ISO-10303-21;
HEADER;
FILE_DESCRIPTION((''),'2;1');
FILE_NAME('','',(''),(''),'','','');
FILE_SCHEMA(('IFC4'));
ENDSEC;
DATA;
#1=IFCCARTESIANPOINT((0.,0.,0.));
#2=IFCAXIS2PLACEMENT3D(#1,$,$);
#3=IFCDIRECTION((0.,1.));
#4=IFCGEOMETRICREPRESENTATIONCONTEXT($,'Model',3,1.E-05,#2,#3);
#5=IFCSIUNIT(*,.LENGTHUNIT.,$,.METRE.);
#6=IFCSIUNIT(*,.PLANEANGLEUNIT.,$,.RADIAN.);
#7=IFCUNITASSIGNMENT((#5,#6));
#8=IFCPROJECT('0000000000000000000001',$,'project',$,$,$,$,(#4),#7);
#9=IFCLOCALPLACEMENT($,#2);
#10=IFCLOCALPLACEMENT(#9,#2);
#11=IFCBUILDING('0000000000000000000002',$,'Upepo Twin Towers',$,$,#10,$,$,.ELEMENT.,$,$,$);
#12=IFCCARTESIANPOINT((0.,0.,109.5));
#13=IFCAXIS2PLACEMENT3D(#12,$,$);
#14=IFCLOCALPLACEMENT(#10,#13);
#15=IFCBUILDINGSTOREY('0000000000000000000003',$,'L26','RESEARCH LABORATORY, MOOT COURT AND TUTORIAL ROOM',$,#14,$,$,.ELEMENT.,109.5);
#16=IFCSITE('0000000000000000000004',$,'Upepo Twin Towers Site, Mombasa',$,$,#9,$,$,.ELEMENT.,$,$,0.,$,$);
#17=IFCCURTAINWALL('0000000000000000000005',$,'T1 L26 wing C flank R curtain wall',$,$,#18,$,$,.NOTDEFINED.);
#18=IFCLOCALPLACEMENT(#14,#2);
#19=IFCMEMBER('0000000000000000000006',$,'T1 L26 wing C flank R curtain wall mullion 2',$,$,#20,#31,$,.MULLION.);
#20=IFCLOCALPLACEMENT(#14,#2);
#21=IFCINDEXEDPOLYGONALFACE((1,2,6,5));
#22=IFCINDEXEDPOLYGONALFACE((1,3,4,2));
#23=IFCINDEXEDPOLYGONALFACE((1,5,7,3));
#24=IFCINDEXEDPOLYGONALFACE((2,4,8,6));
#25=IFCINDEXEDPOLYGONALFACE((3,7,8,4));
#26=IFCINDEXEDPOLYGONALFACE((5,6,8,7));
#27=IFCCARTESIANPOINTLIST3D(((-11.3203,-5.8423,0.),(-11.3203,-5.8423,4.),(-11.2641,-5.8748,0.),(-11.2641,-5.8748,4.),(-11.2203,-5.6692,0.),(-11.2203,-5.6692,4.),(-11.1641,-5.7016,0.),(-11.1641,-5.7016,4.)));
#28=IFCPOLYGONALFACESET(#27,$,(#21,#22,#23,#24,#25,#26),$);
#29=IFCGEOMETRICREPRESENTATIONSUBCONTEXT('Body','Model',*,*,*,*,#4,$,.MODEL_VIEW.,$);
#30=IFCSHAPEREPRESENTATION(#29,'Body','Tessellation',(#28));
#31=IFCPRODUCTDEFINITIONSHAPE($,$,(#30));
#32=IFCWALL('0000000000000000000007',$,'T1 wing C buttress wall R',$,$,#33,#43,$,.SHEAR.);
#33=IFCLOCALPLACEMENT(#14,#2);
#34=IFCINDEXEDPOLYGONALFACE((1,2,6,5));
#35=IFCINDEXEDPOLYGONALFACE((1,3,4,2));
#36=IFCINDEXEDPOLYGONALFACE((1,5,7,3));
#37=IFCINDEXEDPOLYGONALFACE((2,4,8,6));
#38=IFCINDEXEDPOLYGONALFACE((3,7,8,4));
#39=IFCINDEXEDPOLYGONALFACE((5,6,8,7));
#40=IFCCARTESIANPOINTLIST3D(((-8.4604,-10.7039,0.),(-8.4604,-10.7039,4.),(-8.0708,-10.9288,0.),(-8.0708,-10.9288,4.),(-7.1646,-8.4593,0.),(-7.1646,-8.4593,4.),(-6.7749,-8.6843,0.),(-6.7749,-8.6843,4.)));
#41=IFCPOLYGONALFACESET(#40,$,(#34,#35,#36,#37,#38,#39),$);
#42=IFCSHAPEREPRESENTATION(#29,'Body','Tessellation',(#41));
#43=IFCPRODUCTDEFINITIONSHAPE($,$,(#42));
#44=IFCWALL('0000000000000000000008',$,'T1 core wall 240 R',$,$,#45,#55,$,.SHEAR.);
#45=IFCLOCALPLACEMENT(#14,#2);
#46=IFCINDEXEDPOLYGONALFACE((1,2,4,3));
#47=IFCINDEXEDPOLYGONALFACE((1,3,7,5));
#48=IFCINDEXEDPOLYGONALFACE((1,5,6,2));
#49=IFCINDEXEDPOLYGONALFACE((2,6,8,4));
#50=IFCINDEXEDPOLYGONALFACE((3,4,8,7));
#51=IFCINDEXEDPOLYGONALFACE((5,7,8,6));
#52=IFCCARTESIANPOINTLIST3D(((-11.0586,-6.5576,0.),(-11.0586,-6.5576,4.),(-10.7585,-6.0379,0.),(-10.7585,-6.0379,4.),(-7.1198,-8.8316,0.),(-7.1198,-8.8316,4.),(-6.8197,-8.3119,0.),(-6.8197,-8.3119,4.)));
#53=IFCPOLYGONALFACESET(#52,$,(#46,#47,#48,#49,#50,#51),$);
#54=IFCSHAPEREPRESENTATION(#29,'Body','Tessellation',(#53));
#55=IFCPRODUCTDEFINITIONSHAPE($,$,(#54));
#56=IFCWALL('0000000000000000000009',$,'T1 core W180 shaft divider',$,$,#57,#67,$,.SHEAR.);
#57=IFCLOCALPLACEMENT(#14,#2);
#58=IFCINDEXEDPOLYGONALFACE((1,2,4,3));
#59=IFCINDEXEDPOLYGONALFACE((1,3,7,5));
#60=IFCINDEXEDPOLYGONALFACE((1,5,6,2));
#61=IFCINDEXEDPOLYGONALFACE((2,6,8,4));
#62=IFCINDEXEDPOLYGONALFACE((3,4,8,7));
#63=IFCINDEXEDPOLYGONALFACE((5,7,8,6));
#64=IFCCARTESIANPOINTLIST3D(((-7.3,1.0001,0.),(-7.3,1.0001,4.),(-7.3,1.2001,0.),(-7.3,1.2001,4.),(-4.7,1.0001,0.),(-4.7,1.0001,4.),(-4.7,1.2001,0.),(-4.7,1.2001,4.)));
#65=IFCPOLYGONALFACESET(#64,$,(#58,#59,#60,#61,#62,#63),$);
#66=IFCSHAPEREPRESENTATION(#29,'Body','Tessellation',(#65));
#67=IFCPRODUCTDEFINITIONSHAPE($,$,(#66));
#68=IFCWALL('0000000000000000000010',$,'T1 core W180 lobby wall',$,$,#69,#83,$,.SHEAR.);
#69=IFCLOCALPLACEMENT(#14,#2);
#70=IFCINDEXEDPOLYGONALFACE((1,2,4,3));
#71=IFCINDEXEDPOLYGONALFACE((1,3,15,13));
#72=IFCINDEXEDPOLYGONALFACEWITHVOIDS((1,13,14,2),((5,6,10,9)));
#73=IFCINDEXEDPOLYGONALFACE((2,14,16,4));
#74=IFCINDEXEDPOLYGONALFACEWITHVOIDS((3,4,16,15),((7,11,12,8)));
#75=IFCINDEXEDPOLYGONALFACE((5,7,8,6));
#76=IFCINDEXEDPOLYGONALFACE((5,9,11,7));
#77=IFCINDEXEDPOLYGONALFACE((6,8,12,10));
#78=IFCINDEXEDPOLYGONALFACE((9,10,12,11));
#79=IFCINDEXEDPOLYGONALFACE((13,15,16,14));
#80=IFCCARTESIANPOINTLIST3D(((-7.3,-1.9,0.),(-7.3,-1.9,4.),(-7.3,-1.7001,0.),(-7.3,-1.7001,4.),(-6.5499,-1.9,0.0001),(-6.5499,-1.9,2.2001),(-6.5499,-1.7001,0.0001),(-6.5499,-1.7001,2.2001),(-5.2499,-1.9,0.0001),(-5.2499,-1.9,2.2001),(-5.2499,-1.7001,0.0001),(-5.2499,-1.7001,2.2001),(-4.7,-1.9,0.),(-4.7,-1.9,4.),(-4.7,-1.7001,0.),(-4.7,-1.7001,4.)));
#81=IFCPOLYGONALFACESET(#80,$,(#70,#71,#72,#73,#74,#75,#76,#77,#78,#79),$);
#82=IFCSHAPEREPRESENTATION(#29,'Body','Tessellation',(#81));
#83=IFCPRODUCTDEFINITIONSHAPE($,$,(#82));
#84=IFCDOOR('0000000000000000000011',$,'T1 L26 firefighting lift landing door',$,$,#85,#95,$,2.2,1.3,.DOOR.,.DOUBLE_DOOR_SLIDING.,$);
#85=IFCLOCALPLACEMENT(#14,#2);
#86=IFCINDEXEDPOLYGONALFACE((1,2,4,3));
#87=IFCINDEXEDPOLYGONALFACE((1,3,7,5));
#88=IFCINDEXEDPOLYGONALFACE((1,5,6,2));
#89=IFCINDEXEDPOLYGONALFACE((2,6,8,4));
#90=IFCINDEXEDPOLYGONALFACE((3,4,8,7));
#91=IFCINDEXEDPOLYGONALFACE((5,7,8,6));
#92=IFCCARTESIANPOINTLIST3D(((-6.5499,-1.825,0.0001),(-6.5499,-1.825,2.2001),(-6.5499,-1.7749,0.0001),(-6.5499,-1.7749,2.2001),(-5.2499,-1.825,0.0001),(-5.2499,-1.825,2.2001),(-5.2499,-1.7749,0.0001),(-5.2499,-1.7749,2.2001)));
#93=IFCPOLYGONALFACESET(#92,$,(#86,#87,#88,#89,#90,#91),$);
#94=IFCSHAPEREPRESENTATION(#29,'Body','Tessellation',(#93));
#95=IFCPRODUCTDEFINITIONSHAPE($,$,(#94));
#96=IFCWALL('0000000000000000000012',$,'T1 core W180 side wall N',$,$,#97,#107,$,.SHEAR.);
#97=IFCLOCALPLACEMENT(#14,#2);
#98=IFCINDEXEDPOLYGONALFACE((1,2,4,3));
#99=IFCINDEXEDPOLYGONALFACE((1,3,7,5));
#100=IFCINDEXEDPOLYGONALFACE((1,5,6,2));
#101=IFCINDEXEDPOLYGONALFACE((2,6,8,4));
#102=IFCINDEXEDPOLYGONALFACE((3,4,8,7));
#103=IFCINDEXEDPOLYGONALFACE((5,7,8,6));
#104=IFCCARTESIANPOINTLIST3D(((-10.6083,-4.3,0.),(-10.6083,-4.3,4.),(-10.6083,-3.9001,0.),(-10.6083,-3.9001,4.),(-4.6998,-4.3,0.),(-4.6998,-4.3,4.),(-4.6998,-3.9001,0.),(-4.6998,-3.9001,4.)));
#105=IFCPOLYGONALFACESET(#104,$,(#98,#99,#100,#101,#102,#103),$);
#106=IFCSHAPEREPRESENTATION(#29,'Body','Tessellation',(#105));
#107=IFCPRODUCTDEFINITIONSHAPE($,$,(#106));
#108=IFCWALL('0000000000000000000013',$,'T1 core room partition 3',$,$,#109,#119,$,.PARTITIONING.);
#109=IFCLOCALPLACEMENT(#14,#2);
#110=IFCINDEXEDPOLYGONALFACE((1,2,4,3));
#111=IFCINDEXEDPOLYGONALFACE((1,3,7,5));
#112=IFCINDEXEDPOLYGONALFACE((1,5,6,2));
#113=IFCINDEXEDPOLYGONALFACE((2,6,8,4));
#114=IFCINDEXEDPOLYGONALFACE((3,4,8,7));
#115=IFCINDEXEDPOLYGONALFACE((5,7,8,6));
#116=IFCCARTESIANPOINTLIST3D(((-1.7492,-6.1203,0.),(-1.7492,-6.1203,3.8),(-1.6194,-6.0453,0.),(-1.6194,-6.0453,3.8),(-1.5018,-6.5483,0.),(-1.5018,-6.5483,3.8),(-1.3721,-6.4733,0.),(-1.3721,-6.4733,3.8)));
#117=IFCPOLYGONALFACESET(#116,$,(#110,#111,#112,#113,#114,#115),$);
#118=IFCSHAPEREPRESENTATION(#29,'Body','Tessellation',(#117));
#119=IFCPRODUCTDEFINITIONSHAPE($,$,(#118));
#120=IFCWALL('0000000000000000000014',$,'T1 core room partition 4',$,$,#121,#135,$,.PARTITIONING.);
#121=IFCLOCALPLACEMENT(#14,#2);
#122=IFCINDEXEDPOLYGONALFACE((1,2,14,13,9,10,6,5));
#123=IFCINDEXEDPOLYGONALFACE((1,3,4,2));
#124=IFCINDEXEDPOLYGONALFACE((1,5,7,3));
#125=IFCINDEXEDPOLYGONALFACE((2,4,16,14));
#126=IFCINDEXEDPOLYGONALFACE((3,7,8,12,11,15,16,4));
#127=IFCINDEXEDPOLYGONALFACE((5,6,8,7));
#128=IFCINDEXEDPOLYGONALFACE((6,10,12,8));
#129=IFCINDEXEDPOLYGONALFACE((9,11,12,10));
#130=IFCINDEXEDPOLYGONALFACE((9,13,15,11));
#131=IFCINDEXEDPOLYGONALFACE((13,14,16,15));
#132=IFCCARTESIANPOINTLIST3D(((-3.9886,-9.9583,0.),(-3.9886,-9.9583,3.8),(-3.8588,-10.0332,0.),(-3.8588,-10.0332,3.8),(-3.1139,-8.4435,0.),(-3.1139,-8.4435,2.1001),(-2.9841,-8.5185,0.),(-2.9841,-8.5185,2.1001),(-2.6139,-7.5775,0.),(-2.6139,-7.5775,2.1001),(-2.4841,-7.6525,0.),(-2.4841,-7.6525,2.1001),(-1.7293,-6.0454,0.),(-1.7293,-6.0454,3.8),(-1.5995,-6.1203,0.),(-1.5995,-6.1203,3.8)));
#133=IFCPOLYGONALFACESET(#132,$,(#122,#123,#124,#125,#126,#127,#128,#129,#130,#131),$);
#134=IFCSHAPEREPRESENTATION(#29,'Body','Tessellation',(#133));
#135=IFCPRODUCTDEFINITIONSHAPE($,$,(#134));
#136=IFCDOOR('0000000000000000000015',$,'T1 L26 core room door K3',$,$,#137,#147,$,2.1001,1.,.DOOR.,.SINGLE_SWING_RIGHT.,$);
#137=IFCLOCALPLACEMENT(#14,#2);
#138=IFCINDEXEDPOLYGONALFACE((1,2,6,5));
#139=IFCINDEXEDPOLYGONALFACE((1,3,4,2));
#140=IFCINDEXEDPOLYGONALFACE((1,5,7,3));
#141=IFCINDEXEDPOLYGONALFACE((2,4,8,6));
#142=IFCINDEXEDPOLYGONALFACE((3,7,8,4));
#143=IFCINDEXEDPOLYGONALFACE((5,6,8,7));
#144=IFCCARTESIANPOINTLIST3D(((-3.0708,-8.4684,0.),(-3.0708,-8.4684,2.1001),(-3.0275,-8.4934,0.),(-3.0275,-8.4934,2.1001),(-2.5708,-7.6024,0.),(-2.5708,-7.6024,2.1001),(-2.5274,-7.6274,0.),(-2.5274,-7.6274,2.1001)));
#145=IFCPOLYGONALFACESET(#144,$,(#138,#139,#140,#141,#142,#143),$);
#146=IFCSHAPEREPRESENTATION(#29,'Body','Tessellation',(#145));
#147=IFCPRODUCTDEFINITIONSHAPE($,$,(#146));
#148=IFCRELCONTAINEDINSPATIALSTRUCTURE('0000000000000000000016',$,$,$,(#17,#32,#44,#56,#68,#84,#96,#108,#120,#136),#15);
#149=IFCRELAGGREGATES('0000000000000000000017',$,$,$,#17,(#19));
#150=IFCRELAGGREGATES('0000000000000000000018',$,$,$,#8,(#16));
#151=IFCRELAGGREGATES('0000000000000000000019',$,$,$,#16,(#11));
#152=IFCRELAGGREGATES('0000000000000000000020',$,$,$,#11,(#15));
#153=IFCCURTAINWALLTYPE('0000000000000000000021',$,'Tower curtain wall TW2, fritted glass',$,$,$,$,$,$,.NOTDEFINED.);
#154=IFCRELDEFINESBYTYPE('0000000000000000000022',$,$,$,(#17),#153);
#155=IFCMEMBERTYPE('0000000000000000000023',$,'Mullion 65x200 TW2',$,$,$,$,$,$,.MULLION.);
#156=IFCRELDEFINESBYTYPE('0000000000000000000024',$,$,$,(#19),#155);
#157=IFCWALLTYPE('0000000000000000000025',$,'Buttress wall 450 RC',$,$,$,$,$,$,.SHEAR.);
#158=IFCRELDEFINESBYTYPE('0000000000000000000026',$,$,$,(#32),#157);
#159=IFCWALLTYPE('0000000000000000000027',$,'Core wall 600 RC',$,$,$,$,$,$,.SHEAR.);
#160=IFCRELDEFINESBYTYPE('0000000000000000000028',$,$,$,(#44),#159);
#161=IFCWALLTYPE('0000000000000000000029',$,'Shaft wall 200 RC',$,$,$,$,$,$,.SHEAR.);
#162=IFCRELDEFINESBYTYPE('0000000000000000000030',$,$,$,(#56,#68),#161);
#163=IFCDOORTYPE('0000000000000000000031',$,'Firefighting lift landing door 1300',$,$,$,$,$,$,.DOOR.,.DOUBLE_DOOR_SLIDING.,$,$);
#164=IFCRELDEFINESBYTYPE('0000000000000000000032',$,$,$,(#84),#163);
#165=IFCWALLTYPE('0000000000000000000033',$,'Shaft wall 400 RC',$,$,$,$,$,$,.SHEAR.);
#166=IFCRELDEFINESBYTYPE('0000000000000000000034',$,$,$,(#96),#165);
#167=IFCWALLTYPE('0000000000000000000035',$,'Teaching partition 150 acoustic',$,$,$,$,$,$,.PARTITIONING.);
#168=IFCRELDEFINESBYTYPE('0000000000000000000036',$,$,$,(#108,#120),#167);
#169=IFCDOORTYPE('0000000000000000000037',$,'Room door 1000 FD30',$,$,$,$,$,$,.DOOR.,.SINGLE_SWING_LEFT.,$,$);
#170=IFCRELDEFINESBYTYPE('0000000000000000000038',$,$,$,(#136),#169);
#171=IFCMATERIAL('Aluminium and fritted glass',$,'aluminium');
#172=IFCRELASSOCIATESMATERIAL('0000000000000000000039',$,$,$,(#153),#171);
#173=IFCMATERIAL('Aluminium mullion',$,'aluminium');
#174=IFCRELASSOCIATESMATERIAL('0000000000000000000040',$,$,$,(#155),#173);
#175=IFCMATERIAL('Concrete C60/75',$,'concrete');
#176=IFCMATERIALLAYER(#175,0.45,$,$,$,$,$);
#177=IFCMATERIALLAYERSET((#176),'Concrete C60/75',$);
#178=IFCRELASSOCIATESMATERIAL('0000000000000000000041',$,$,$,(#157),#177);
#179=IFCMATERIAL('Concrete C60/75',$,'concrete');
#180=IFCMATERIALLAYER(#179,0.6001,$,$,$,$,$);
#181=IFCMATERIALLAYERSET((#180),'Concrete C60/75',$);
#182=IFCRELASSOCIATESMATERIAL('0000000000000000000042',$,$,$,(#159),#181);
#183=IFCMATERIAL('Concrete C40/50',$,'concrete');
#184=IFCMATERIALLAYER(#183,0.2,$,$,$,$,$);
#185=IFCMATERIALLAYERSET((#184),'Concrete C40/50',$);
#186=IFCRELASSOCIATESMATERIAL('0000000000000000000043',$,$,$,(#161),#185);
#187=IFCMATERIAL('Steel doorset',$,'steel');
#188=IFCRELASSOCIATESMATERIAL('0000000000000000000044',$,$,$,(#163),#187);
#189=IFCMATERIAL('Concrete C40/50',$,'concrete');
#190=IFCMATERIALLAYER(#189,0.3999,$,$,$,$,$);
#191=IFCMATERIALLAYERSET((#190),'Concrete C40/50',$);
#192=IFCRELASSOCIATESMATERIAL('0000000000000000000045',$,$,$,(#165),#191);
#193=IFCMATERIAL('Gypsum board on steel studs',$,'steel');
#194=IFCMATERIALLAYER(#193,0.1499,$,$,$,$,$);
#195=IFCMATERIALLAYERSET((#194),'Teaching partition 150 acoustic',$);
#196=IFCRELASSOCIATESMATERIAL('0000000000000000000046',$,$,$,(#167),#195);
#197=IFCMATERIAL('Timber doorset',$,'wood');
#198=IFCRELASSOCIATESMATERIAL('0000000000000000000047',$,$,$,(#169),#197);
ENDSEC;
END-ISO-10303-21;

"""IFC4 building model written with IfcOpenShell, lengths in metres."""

from ifc_helpers import new_model, si_unit, direction, frame, frame_2d, origin, origin_2d, place, context, subcontext, project, spatial, rectangle, extrude, material, layer, layer_set, material_profile, profile_set, type_object, element, fill, aggregate, save


model = new_model("IFC4")

# Units and contexts
model_context = context("Model", 3, precision=1e-05, world=origin(), true_north=direction((0.0, 1.0)))
body_context = subcontext(model_context, "Body", "Model", "MODEL_VIEW")
ifc_project = project(units=[si_unit("LENGTHUNIT", "METRE"), si_unit("PLANEANGLEUNIT", "RADIAN")], contexts=[model_context])

# Site, building, storey
site_placement = place(None, origin())
site = spatial("IfcSite", under=ifc_project, at=site_placement, Name="Upepo Twin Towers Site, Mombasa", CompositionType="ELEMENT", RefElevation=0.0)
building_placement = place(site_placement, origin())
building = spatial("IfcBuilding", under=site, at=building_placement, Name="Upepo Twin Towers", CompositionType="ELEMENT")
storey_placement = place(building_placement, frame((0.0, 0.0, 109.5)))
storey = spatial("IfcBuildingStorey", under=building, at=storey_placement, Name="L26", Description="RESEARCH LABORATORY, MOOT COURT AND TUTORIAL ROOM", CompositionType="ELEMENT", Elevation=109.5)

# Curtain wall, member
ifc_material_1 = material(Name="Aluminium and fritted glass", Category="aluminium")
curtain_wall_type = type_object("IfcCurtainWallType", Name="Tower curtain wall TW2, fritted glass", PredefinedType="NOTDEFINED", material=ifc_material_1)
curtain_wall_placement = place(storey_placement, origin())
curtain_wall = element("IfcCurtainWall", 1, at=curtain_wall_placement, inside=storey, type_object=curtain_wall_type, Name="T1 L26 wing C flank R curtain wall", PredefinedType="NOTDEFINED")
ifc_material_2 = material(Name="Aluminium mullion", Category="aluminium")
ifc_material_profile = material_profile(ifc_material_2, rectangle(XDim=0.0649, YDim=0.2, at=origin_2d()), Name="MULLION 65x200")
ifc_profile_set = profile_set([ifc_material_profile], Name="Aluminium mullion")
member_type = type_object("IfcMemberType", Name="Mullion 65x200 TW2", PredefinedType="MULLION", material=ifc_profile_set)
member_placement = place(storey_placement, frame((-11.2422, -5.772, 0.0), z_axis=(0.0, 0.0, 1.0), x_axis=(-0.866025, 0.5, 0.0)))
member = element("IfcMember", 2, at=member_placement, type_object=member_type, Name="T1 L26 wing C flank R curtain wall mullion 2", PredefinedType="MULLION", context=body_context, shape_type="SweptSolid", body=[
    extrude(rectangle(XDim=0.0649, YDim=0.2, at=origin_2d()), origin(), (0.0, 0.0, 1.0), 4.0),
])
aggregate(curtain_wall, [member])

# Walls
ifc_material_3 = material(Name="Concrete C60/75", Category="concrete")
ifc_layer_1 = layer(ifc_material_3, 0.45)
ifc_layer_set_1 = layer_set([ifc_layer_1], Name="Concrete C60/75")
wall_type_1 = type_object("IfcWallType", Name="Buttress wall 450 RC", PredefinedType="SHEAR", material=ifc_layer_set_1)
wall_1_placement = place(storey_placement, frame((-6.9697, -8.5718, 0.0), z_axis=(0.0, 0.0, 1.0), x_axis=(-0.499989, -0.866032, 0.0)))
element("IfcWall", 3, at=wall_1_placement, inside=storey, type_object=wall_type_1, Name="T1 wing C buttress wall R", PredefinedType="SHEAR", context=body_context, shape_type="SweptSolid", body=[
    extrude(rectangle(XDim=2.5918, YDim=0.45, at=frame_2d((1.2959, 0.0))), origin(), (0.0, 0.0, 1.0), 4.0),
])
ifc_material_4 = material(Name="Concrete C60/75", Category="concrete")
ifc_layer_2 = layer(ifc_material_4, 0.6001)
ifc_layer_set_2 = layer_set([ifc_layer_2], Name="Concrete C60/75")
wall_type_2 = type_object("IfcWallType", Name="Core wall 600 RC", PredefinedType="SHEAR", material=ifc_layer_set_2)
wall_2_placement = place(storey_placement, frame((-10.9084, -6.2979, 0.0), z_axis=(0.0, 0.0, 1.0), x_axis=(0.866035, -0.499984, 0.0)))
element("IfcWall", 4, at=wall_2_placement, inside=storey, type_object=wall_type_2, Name="T1 core wall 240 R", PredefinedType="SHEAR", context=body_context, shape_type="SweptSolid", body=[
    extrude(rectangle(XDim=4.5481, YDim=0.6001, at=frame_2d((2.2739, 0.0))), origin(), (0.0, 0.0, 1.0), 4.0),
])
ifc_material_5 = material(Name="Concrete C40/50", Category="concrete")
ifc_layer_3 = layer(ifc_material_5, 0.2)
ifc_layer_set_3 = layer_set([ifc_layer_3], Name="Concrete C40/50")
wall_type_3 = type_object("IfcWallType", Name="Shaft wall 200 RC", PredefinedType="SHEAR", material=ifc_layer_set_3)
wall_3_placement = place(storey_placement, frame((-4.7, 1.1001, 0.0), z_axis=(0.0, 0.0, 1.0), x_axis=(-1.0, 0.0, 0.0)))
element("IfcWall", 5, at=wall_3_placement, inside=storey, type_object=wall_type_3, Name="T1 core W180 shaft divider", PredefinedType="SHEAR", context=body_context, shape_type="SweptSolid", body=[
    extrude(rectangle(XDim=2.6001, YDim=0.2, at=frame_2d((1.3, 0.0))), origin(), (0.0, 0.0, 1.0), 4.0),
])

# Wall, opening, door
wall_4_placement = place(storey_placement, frame((-4.7, -1.8, 0.0), z_axis=(0.0, 0.0, 1.0), x_axis=(-1.0, 0.0, 0.0)))
wall_4 = element("IfcWall", 6, at=wall_4_placement, inside=storey, type_object=wall_type_3, Name="T1 core W180 lobby wall", PredefinedType="SHEAR", context=body_context, shape_type="SweptSolid", body=[
    extrude(rectangle(XDim=2.6001, YDim=0.2, at=frame_2d((1.3, 0.0))), origin(), (0.0, 0.0, 1.0), 4.0),
])
opening_1_placement = place(wall_4_placement, frame((0.55, 0.0, 0.0)))
opening_1 = element("IfcOpeningElement", 7, at=opening_1_placement, cuts=wall_4, PredefinedType="OPENING", context=body_context, shape_type="SweptSolid", body=[
    extrude(rectangle(XDim=1.3, YDim=2.2, at=frame_2d((0.6499, 1.1001))), frame((0.0, 0.1099, 0.0), z_axis=(0.0, -1.0, 0.0), x_axis=(1.0, 0.0, 0.0)), (0.0, 0.0, 1.0), 0.22),
])
ifc_material_6 = material(Name="Steel doorset", Category="steel")
door_type_1 = type_object("IfcDoorType", Name="Firefighting lift landing door 1300", OperationType="DOUBLE_DOOR_SLIDING", PredefinedType="DOOR", material=ifc_material_6)
door_1_placement = place(opening_1_placement, origin())
door_1 = element("IfcDoor", 8, at=door_1_placement, inside=storey, type_object=door_type_1, Name="T1 L26 firefighting lift landing door", OperationType="DOUBLE_DOOR_SLIDING", OverallHeight=2.2, OverallWidth=1.3, PredefinedType="DOOR", context=body_context, shape_type="SweptSolid", body=[
    extrude(rectangle(XDim=1.3, YDim=2.2, at=frame_2d((0.6499, 1.1001))), frame((0.0, 0.0249, 0.0), z_axis=(0.0, -1.0, 0.0), x_axis=(1.0, 0.0, 0.0)), (0.0, 0.0, 1.0), 0.05),
])
fill(opening_1, door_1)

# Walls
ifc_material_7 = material(Name="Concrete C40/50", Category="concrete")
ifc_layer_4 = layer(ifc_material_7, 0.3999)
ifc_layer_set_4 = layer_set([ifc_layer_4], Name="Concrete C40/50")
wall_type_4 = type_object("IfcWallType", Name="Shaft wall 400 RC", PredefinedType="SHEAR", material=ifc_layer_set_4)
wall_5_placement = place(storey_placement, frame((-4.7, -4.1001, 0.0), z_axis=(0.0, 0.0, 1.0), x_axis=(-1.0, 0.0, 0.0)))
element("IfcWall", 9, at=wall_5_placement, inside=storey, type_object=wall_type_4, Name="T1 core W180 side wall N", PredefinedType="SHEAR", context=body_context, shape_type="SweptSolid", body=[
    extrude(rectangle(XDim=5.9084, YDim=0.3999, at=frame_2d((2.9541, 0.0))), origin(), (0.0, 0.0, 1.0), 4.0),
])
ifc_material_8 = material(Name="Gypsum board on steel studs", Category="steel")
ifc_layer_5 = layer(ifc_material_8, 0.1499)
ifc_layer_set_5 = layer_set([ifc_layer_5], Name="Teaching partition 150 acoustic")
wall_type_5 = type_object("IfcWallType", Name="Teaching partition 150 acoustic", PredefinedType="PARTITIONING", material=ifc_layer_set_5)
wall_6_placement = place(storey_placement, frame((-1.437, -6.5107, 0.0), z_axis=(0.0, 0.0, 1.0), x_axis=(-0.500335, 0.865832, 0.0)))
element("IfcWall", 10, at=wall_6_placement, inside=storey, type_object=wall_type_5, Name="T1 core room partition 3", PredefinedType="PARTITIONING", context=body_context, shape_type="SweptSolid", body=[
    extrude(rectangle(XDim=0.4944, YDim=0.1499, at=frame_2d((0.2471, 0.0))), origin(), (0.0, 0.0, 1.0), 3.8),
])

# Wall, opening, door
wall_7_placement = place(storey_placement, frame((-1.6643, -6.0828, 0.0), z_axis=(0.0, 0.0, 1.0), x_axis=(-0.500033, -0.866007, 0.0)))
wall_7 = element("IfcWall", 11, at=wall_7_placement, inside=storey, type_object=wall_type_5, Name="T1 core room partition 4", PredefinedType="PARTITIONING", context=body_context, shape_type="SweptSolid", body=[
    extrude(rectangle(XDim=4.5183, YDim=0.1499, at=frame_2d((2.2593, 0.0))), origin(), (0.0, 0.0, 1.0), 3.8),
])
opening_2_placement = place(wall_7_placement, frame((1.7693, 0.0, 0.0)))
opening_2 = element("IfcOpeningElement", 12, at=opening_2_placement, cuts=wall_7, PredefinedType="OPENING", context=body_context, shape_type="SweptSolid", body=[
    extrude(rectangle(XDim=1.0, YDim=2.1001, at=frame_2d((0.5, 1.05))), frame((0.0, 0.085, 0.0), z_axis=(0.0, -1.0, 0.0), x_axis=(1.0, 0.0, 0.0)), (0.0, 0.0, 1.0), 0.1699),
])
ifc_material_9 = material(Name="Timber doorset", Category="wood")
door_type_2 = type_object("IfcDoorType", Name="Room door 1000 FD30", OperationType="SINGLE_SWING_LEFT", PredefinedType="DOOR", material=ifc_material_9)
door_2_placement = place(opening_2_placement, origin())
door_2 = element("IfcDoor", 13, at=door_2_placement, inside=storey, type_object=door_type_2, Name="T1 L26 core room door K3", OperationType="SINGLE_SWING_RIGHT", OverallHeight=2.1001, OverallWidth=1.0, PredefinedType="DOOR", context=body_context, shape_type="SweptSolid", body=[
    extrude(rectangle(XDim=1.0, YDim=2.1001, at=frame_2d((0.5, 1.05))), frame((0.0, 0.0249, 0.0), z_axis=(0.0, -1.0, 0.0), x_axis=(1.0, 0.0, 0.0)), (0.0, 0.0, 1.0), 0.05),
])
fill(opening_2, door_2)

save(model, "model.ifc")
